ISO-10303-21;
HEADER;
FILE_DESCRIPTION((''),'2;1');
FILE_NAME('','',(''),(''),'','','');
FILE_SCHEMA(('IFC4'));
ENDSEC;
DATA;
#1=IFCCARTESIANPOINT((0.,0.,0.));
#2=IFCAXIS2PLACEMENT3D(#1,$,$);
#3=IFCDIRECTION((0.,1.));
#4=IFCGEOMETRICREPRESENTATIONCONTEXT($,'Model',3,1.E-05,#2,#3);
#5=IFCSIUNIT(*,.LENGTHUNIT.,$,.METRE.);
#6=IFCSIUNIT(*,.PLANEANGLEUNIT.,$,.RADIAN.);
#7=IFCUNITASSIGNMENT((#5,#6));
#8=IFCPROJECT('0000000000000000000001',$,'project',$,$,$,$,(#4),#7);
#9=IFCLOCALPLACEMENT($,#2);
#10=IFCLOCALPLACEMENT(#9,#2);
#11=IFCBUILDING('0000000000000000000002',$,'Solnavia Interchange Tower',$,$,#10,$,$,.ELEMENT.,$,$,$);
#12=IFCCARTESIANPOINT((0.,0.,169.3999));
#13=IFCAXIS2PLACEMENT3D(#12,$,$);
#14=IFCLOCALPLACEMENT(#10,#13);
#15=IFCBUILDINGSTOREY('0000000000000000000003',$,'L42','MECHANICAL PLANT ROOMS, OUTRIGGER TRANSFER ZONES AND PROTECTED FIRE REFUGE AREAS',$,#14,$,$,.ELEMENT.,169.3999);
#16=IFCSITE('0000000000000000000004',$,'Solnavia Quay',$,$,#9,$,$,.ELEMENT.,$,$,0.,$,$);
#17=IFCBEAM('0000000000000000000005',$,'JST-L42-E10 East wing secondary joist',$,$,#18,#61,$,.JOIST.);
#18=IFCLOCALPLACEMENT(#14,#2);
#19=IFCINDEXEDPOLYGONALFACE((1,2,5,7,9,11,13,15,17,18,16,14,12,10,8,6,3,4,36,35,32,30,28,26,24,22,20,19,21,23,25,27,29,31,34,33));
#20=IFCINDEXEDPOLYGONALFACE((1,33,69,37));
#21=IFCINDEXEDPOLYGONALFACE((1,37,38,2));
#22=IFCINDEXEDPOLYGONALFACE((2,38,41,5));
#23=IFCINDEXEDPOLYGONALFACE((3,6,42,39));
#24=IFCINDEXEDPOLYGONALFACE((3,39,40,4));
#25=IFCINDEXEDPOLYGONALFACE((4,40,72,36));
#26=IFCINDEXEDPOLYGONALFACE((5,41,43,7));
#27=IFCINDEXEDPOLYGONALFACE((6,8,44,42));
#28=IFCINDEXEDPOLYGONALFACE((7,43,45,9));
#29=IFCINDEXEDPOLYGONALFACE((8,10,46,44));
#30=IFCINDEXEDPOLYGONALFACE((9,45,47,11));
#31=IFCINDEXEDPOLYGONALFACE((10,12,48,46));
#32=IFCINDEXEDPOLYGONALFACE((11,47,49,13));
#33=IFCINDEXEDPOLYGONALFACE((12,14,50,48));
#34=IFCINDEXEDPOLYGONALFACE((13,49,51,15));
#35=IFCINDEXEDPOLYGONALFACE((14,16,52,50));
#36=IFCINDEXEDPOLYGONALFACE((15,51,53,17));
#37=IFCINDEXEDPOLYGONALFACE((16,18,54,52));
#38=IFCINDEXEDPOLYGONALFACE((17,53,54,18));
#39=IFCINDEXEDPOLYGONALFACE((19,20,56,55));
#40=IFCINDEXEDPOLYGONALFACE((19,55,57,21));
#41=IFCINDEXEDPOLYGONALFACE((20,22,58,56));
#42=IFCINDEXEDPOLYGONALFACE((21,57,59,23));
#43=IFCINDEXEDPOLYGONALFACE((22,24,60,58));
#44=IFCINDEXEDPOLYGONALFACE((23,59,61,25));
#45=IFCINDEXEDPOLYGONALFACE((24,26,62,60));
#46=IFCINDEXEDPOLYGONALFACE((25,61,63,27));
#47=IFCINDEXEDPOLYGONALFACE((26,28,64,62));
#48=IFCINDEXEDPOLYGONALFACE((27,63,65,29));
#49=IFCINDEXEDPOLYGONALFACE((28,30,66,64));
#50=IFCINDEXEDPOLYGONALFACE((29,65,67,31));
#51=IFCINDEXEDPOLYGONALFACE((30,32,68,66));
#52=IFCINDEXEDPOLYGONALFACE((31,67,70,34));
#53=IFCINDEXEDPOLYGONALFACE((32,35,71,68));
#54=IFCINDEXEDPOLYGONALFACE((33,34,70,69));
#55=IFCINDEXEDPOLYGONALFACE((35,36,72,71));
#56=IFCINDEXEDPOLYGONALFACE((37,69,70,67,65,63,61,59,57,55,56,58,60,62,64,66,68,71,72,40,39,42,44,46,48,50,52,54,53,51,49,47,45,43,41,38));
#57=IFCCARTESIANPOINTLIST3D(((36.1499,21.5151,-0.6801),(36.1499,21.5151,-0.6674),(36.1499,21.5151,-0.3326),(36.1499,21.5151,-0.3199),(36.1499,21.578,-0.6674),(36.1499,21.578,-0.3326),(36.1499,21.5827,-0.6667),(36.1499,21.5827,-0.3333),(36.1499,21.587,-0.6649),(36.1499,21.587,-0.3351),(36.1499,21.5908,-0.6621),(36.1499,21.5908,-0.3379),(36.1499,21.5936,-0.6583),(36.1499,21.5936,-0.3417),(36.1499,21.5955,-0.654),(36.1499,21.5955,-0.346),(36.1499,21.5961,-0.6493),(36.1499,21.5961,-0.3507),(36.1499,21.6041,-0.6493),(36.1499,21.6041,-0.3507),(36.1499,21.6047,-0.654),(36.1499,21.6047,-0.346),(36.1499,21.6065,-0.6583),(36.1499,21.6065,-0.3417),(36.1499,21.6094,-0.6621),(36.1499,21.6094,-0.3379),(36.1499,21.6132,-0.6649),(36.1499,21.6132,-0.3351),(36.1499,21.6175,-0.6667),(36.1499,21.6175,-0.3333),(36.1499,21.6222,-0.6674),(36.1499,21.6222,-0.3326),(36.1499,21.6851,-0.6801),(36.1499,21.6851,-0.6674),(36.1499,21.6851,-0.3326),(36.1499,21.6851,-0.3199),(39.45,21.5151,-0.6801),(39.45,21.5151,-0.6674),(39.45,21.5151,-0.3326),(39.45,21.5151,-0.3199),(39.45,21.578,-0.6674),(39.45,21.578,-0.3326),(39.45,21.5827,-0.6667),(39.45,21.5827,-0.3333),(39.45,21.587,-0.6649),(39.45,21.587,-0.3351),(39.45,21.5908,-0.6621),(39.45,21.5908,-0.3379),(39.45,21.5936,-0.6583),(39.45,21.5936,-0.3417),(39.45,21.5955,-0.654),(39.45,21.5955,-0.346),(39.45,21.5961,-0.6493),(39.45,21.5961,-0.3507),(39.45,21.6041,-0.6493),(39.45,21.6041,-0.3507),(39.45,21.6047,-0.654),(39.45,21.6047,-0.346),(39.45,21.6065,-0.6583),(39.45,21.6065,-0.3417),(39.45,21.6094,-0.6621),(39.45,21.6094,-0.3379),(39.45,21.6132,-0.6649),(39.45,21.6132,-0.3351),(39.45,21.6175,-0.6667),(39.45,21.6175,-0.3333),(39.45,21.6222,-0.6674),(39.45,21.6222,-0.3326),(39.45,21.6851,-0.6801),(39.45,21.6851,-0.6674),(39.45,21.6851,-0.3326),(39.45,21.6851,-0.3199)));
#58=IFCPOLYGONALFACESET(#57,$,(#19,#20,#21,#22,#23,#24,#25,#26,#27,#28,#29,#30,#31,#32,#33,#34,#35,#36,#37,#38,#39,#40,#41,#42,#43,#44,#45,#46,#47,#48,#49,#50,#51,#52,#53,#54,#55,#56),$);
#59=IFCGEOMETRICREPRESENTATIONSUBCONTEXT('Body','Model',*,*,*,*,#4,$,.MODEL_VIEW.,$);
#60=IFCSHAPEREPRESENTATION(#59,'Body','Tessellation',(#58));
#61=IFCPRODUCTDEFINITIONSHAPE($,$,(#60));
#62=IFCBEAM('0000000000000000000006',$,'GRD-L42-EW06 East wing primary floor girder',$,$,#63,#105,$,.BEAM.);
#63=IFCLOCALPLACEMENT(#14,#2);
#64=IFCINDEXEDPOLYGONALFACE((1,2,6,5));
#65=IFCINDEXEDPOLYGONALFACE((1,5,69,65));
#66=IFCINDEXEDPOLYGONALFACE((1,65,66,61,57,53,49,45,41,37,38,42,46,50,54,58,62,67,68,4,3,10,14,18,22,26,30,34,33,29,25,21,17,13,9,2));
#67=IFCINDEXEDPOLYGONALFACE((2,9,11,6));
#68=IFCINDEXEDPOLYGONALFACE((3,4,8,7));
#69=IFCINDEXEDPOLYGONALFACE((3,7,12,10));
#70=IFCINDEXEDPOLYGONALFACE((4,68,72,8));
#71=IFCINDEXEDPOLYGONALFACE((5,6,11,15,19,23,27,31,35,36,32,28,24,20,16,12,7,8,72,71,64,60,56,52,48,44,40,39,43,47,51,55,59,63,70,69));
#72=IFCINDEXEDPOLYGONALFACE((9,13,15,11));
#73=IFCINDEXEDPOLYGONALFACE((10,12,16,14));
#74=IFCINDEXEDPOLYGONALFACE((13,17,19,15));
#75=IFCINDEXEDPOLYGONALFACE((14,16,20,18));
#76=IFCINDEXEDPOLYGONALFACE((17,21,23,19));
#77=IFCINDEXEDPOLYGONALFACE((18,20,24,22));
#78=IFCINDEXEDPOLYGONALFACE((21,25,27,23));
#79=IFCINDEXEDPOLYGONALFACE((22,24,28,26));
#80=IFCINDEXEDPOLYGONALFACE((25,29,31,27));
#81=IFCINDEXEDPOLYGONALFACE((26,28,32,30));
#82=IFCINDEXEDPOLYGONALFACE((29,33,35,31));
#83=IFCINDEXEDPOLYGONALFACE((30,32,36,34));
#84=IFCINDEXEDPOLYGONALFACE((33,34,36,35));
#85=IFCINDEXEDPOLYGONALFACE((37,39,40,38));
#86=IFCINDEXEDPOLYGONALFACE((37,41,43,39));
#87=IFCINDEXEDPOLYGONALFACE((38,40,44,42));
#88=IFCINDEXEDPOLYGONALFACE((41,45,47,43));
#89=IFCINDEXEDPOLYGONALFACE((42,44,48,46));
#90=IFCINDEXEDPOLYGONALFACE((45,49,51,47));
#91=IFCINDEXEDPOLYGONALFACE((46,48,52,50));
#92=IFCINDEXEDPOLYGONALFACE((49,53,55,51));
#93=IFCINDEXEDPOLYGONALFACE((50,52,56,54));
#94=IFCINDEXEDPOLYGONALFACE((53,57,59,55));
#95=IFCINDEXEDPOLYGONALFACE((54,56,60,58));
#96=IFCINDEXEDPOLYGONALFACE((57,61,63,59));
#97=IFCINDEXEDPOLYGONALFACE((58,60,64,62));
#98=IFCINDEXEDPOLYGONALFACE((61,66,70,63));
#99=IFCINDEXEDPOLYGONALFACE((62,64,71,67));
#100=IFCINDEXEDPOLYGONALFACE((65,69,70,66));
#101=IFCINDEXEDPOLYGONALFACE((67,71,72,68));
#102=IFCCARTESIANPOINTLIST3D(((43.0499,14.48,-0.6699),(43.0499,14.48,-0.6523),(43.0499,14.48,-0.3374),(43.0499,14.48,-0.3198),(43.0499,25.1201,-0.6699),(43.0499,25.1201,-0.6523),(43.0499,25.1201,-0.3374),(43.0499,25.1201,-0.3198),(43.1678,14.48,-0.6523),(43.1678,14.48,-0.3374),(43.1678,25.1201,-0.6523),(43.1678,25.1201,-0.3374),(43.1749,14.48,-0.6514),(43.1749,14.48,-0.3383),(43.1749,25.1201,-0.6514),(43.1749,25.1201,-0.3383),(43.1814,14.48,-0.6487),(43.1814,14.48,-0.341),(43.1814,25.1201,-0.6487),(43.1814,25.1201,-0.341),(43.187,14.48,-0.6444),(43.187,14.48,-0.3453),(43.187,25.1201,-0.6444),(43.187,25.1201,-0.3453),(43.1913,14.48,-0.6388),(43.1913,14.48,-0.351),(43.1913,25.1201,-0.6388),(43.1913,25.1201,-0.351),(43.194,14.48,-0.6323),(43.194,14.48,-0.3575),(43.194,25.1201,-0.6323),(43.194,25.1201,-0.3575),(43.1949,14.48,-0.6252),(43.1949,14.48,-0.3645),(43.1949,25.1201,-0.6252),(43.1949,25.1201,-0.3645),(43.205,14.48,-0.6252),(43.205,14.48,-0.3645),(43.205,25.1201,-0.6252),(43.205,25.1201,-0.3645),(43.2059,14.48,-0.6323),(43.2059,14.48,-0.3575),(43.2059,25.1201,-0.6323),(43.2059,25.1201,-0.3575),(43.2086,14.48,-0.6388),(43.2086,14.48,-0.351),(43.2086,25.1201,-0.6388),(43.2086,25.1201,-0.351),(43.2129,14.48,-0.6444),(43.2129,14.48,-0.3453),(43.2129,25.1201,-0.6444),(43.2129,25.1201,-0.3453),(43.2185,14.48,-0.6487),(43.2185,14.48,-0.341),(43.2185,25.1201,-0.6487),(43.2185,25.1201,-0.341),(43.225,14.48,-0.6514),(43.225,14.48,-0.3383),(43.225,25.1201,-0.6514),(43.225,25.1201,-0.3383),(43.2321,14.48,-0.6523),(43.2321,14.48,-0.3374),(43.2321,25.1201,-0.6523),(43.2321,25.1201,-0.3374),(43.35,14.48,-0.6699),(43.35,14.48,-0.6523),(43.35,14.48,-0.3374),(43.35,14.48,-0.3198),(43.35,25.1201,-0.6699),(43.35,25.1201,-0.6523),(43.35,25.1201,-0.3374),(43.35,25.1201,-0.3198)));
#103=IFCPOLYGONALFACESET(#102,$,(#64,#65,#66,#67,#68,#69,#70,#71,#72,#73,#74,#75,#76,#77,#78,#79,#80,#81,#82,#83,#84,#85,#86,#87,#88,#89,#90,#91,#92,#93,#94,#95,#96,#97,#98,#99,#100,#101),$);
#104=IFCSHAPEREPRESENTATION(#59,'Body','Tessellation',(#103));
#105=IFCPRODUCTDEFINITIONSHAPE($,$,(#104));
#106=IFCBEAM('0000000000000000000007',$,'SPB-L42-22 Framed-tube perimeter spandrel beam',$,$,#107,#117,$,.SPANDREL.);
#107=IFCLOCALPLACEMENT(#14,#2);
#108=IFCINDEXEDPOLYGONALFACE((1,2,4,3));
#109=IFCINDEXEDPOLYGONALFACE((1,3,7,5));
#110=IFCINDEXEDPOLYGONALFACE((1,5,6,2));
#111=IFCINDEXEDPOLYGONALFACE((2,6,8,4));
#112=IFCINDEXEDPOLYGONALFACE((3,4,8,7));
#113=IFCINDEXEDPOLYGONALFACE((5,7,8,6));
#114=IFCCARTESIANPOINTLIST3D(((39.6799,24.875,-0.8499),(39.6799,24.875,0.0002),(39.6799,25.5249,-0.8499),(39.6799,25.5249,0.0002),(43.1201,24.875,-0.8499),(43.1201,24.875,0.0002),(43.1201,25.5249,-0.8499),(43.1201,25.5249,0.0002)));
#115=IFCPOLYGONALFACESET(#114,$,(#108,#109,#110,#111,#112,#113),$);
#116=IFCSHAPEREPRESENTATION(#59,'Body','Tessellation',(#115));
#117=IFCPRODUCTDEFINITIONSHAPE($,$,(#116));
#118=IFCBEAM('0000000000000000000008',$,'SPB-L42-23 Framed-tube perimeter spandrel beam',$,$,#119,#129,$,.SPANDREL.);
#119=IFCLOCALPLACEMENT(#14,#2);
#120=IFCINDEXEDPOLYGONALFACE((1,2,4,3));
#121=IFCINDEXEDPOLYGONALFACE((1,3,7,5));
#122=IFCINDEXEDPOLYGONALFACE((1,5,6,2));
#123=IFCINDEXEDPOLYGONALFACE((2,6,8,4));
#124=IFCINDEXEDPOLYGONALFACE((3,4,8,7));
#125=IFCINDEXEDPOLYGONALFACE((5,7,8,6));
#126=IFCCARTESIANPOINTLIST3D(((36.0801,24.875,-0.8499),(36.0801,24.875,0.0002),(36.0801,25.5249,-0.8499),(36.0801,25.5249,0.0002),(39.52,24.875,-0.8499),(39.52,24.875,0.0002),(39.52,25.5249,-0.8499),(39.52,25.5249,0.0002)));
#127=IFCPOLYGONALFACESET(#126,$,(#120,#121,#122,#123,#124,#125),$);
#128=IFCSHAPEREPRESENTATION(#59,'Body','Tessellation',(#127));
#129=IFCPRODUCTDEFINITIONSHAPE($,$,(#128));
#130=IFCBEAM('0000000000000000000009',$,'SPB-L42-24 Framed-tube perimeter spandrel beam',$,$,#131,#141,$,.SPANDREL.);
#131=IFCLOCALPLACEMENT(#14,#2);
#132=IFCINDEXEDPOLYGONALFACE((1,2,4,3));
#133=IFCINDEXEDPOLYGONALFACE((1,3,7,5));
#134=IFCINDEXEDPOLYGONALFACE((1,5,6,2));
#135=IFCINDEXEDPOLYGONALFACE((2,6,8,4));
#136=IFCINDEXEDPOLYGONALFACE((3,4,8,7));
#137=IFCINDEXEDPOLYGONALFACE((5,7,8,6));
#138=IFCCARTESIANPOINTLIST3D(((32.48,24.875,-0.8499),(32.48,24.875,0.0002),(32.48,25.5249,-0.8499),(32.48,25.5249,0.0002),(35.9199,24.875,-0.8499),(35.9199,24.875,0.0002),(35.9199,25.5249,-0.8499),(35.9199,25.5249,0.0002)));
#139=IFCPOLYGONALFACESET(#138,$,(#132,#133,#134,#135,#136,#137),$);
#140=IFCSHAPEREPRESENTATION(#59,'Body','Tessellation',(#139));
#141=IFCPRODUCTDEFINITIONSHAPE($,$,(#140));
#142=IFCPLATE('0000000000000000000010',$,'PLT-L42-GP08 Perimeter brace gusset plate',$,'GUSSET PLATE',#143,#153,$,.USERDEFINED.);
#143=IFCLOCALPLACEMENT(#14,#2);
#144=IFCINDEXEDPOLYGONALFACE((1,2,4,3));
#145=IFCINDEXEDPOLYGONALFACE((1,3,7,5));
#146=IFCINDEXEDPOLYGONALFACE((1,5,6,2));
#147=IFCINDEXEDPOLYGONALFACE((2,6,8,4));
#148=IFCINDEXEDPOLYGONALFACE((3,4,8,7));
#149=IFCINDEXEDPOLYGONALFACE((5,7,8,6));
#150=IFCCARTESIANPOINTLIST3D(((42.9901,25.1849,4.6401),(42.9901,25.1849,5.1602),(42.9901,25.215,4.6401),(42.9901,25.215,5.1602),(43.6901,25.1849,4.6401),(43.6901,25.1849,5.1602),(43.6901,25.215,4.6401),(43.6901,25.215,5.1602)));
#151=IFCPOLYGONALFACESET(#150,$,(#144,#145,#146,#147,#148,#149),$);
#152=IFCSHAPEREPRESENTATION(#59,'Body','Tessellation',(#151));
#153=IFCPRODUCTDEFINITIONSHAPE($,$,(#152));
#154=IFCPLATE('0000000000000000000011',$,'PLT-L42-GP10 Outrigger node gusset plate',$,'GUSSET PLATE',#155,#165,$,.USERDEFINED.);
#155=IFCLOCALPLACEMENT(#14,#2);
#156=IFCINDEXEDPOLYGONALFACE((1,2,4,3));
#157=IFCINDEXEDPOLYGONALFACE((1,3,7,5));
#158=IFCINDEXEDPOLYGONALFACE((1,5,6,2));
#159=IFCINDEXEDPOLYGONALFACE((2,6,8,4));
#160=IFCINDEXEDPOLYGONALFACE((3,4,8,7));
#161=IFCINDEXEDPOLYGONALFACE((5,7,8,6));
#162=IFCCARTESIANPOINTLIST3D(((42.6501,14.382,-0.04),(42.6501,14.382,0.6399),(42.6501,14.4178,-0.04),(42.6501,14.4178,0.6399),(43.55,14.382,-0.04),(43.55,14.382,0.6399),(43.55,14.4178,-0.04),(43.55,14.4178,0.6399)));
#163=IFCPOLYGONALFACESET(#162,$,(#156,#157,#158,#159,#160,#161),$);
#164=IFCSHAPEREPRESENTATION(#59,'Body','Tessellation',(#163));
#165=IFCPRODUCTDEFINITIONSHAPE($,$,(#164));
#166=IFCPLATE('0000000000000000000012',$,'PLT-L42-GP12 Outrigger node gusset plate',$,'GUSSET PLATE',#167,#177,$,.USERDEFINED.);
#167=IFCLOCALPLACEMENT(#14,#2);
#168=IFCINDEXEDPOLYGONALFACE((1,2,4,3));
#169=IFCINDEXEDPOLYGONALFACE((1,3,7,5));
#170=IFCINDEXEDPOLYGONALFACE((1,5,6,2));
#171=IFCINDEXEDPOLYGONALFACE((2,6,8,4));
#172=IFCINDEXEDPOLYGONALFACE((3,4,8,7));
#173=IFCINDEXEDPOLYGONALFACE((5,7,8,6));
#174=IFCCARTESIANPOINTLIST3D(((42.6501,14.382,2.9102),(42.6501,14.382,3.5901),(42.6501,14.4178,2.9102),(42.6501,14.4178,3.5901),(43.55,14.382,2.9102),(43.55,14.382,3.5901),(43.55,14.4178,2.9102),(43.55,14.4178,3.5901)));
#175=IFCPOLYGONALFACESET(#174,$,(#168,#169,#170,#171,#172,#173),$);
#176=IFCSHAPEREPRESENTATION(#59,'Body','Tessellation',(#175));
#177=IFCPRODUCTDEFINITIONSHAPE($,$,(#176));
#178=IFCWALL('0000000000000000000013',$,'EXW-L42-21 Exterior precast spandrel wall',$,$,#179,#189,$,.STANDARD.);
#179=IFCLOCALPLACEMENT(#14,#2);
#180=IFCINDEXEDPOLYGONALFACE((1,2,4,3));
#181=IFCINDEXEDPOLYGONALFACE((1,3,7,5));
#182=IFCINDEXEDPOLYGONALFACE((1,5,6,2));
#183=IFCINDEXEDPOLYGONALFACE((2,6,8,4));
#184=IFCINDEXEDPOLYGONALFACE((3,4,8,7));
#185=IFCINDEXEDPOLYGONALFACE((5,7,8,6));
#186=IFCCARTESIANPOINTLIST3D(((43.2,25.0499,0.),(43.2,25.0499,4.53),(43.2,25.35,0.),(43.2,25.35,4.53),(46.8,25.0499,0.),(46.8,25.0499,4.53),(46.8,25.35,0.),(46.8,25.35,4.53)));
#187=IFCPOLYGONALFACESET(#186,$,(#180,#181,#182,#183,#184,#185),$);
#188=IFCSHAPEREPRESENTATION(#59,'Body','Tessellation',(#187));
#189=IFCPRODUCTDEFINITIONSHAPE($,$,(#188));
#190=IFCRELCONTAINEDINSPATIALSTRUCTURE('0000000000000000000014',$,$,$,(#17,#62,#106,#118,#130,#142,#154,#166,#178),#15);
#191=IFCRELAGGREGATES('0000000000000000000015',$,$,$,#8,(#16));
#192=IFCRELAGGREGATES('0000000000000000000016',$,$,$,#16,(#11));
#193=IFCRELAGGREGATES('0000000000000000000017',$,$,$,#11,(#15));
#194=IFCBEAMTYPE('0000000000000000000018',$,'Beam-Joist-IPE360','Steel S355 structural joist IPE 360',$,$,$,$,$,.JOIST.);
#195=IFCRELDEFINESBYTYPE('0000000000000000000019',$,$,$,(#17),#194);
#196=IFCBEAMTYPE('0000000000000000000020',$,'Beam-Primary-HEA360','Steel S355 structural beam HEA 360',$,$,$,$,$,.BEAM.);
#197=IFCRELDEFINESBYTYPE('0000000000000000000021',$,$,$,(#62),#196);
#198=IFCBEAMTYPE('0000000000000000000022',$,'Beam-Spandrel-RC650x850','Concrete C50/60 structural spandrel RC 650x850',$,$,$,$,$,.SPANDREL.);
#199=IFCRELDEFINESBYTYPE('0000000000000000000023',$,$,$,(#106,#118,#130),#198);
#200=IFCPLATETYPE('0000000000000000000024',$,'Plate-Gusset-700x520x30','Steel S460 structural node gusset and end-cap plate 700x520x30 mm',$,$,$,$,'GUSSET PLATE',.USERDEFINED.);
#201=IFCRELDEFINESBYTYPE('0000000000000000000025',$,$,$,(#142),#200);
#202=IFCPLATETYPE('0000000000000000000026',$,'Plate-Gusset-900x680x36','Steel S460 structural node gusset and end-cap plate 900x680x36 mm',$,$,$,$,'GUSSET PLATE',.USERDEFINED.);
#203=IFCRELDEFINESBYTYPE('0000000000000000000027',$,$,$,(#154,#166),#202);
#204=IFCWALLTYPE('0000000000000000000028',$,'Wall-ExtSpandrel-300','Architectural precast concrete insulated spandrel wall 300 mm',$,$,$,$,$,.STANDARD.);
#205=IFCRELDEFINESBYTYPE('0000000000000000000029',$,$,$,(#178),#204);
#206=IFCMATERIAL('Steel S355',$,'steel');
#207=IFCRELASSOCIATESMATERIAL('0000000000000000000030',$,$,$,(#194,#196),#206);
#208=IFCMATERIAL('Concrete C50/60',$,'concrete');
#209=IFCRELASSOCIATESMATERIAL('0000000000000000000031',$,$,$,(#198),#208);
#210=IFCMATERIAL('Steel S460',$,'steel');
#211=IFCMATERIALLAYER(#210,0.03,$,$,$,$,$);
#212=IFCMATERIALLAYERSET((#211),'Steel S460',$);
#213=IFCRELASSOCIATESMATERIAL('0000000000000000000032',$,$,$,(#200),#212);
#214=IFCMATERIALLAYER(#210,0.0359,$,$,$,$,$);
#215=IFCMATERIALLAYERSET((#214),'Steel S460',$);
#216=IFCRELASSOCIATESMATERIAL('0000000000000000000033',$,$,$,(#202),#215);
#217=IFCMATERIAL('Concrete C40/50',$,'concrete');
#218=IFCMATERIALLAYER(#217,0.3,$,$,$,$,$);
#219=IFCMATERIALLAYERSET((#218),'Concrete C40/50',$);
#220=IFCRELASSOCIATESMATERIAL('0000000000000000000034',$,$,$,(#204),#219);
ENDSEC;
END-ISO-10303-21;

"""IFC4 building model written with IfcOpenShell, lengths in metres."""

from ifc_helpers import new_model, si_unit, direction, frame, frame_2d, origin, origin_2d, place, context, subcontext, project, spatial, rectangle, i_section, extrude, material, layer, layer_set, material_profile, profile_set, type_object, element, save


model = new_model("IFC4")

# Units and contexts
model_context = context("Model", 3, precision=1e-05, world=origin(), true_north=direction((0.0, 1.0)))
body_context = subcontext(model_context, "Body", "Model", "MODEL_VIEW")
ifc_project = project(units=[si_unit("LENGTHUNIT", "METRE"), si_unit("PLANEANGLEUNIT", "RADIAN")], contexts=[model_context])

# Site, building, storey
site_placement = place(None, origin())
site = spatial("IfcSite", under=ifc_project, at=site_placement, Name="Solnavia Quay", CompositionType="ELEMENT", RefElevation=0.0)
building_placement = place(site_placement, origin())
building = spatial("IfcBuilding", under=site, at=building_placement, Name="Solnavia Interchange Tower", CompositionType="ELEMENT")
storey_placement = place(building_placement, frame((0.0, 0.0, 169.3999)))
storey = spatial("IfcBuildingStorey", under=building, at=storey_placement, Name="L42", Description="MECHANICAL PLANT ROOMS, OUTRIGGER TRANSFER ZONES AND PROTECTED FIRE REFUGE AREAS", CompositionType="ELEMENT", Elevation=169.3999)

# Shared definitions
ifc_material_1 = material(Name="Concrete C50/60", Category="concrete")
ifc_material_2 = material(Name="Steel S355", Category="steel")

# Beams
ifc_material_3 = material(Name="Steel S460", Category="steel")
ifc_material_profile_1 = material_profile(ifc_material_2, i_section(OverallWidth=0.1699, OverallDepth=0.3601, WebThickness=0.0081, FlangeThickness=0.0127, FilletRadius=0.0181, at=origin_2d()), Name="IPE 360")
ifc_profile_set_1 = profile_set([ifc_material_profile_1], Name="Steel S355")
beam_type_1 = type_object("IfcBeamType", Name="Beam-Joist-IPE360", Description="Steel S355 structural joist IPE 360", PredefinedType="JOIST", material=ifc_profile_set_1)
for number, where, z_axis, x_axis, name in (
    (1, (36.1499, 21.6001, -0.5), (1.0, 0.0, 0.0), (0.0, 1.0, 0.0), "JST-L42-E10 East wing secondary joist"),
):
    element("IfcBeam", number, at=place(storey_placement, frame(where, z_axis=z_axis, x_axis=x_axis)), inside=storey, type_object=beam_type_1, Name=name, PredefinedType="JOIST", context=body_context, shape_type="SweptSolid", body=[
        extrude(i_section(OverallWidth=0.1699, OverallDepth=0.3601, WebThickness=0.0081, FlangeThickness=0.0127, FilletRadius=0.0181, at=origin_2d()), origin(), (0.0, 0.0, 1.0), 3.3),
    ])
ifc_material_profile_2 = material_profile(ifc_material_2, i_section(OverallWidth=0.3, OverallDepth=0.3501, WebThickness=0.01, FlangeThickness=0.0176, FilletRadius=0.0271, at=origin_2d()), Name="HEA 360")
ifc_profile_set_2 = profile_set([ifc_material_profile_2], Name="Steel S355")
beam_type_2 = type_object("IfcBeamType", Name="Beam-Primary-HEA360", Description="Steel S355 structural beam HEA 360", PredefinedType="BEAM", material=ifc_profile_set_2)
beam_1_placement = place(storey_placement, frame((43.2, 14.48, -0.4949), z_axis=(0.0, 1.0, 0.0), x_axis=(-1.0, 0.0, 0.0)))
element("IfcBeam", 2, at=beam_1_placement, inside=storey, type_object=beam_type_2, Name="GRD-L42-EW06 East wing primary floor girder", PredefinedType="BEAM", context=body_context, shape_type="SweptSolid", body=[
    extrude(i_section(OverallWidth=0.3, OverallDepth=0.3501, WebThickness=0.01, FlangeThickness=0.0176, FilletRadius=0.0271, at=origin_2d()), origin(), (0.0, 0.0, 1.0), 10.6401),
])
ifc_material_profile_3 = material_profile(ifc_material_1, rectangle(XDim=0.6499, YDim=0.8501, at=origin_2d()), Name="RC 650x850")
ifc_profile_set_3 = profile_set([ifc_material_profile_3], Name="Concrete C50/60")
beam_type_3 = type_object("IfcBeamType", Name="Beam-Spandrel-RC650x850", Description="Concrete C50/60 structural spandrel RC 650x850", PredefinedType="SPANDREL", material=ifc_profile_set_3)
beam_2_placement = place(storey_placement, frame((43.1201, 25.2, -0.4248), z_axis=(-1.0, 0.0, 0.0), x_axis=(0.0, -1.0, 0.0)))
element("IfcBeam", 3, at=beam_2_placement, inside=storey, type_object=beam_type_3, Name="SPB-L42-22 Framed-tube perimeter spandrel beam", PredefinedType="SPANDREL", context=body_context, shape_type="SweptSolid", body=[
    extrude(rectangle(XDim=0.6499, YDim=0.8501, at=origin_2d()), origin(), (0.0, 0.0, 1.0), 3.4402),
])
for number, where, z_axis, x_axis, name in (
    (4, (39.52, 25.2, -0.4248), (-1.0, 0.0, 0.0), (0.0, -1.0, 0.0), "SPB-L42-23 Framed-tube perimeter spandrel beam"),
    (5, (35.9199, 25.2, -0.4248), (-1.0, 0.0, 0.0), (0.0, -1.0, 0.0), "SPB-L42-24 Framed-tube perimeter spandrel beam"),
):
    element("IfcBeam", number, at=place(storey_placement, frame(where, z_axis=z_axis, x_axis=x_axis)), inside=storey, type_object=beam_type_3, Name=name, PredefinedType="SPANDREL", context=body_context, shape_type="SweptSolid", body=[
        extrude(rectangle(XDim=0.6499, YDim=0.8501, at=origin_2d()), origin(), (0.0, 0.0, 1.0), 3.4399),
    ])

# Plates
ifc_layer_1 = layer(ifc_material_3, 0.03)
ifc_layer_set_1 = layer_set([ifc_layer_1], Name="Steel S460")
plate_type_1 = type_object("IfcPlateType", Name="Plate-Gusset-700x520x30", Description="Steel S460 structural node gusset and end-cap plate 700x520x30 mm", ElementType="GUSSET PLATE", PredefinedType="USERDEFINED", material=ifc_layer_set_1)
plate_placement = place(storey_placement, frame((43.3401, 25.2, 4.6401), z_axis=(0.0, 0.0, 1.0), x_axis=(-1.0, 0.0, 0.0)))
element("IfcPlate", 6, at=plate_placement, inside=storey, type_object=plate_type_1, Name="PLT-L42-GP08 Perimeter brace gusset plate", ObjectType="GUSSET PLATE", PredefinedType="USERDEFINED", context=body_context, shape_type="SweptSolid", body=[
    extrude(rectangle(XDim=0.7, YDim=0.03, at=origin_2d()), origin(), (0.0, 0.0, 1.0), 0.52),
])
ifc_layer_2 = layer(ifc_material_3, 0.0359)
ifc_layer_set_2 = layer_set([ifc_layer_2], Name="Steel S460")
plate_type_2 = type_object("IfcPlateType", Name="Plate-Gusset-900x680x36", Description="Steel S460 structural node gusset and end-cap plate 900x680x36 mm", ElementType="GUSSET PLATE", PredefinedType="USERDEFINED", material=ifc_layer_set_2)
for number, where, z_axis, x_axis, name in (
    (7, (43.1001, 14.3999, -0.04), (0.0, 0.0, 1.0), (1.0, 0.0, 0.0), "PLT-L42-GP10 Outrigger node gusset plate"),
    (8, (43.1001, 14.3999, 2.9102), (0.0, 0.0, 1.0), (1.0, 0.0, 0.0), "PLT-L42-GP12 Outrigger node gusset plate"),
):
    element("IfcPlate", number, at=place(storey_placement, frame(where, z_axis=z_axis, x_axis=x_axis)), inside=storey, type_object=plate_type_2, Name=name, ObjectType="GUSSET PLATE", PredefinedType="USERDEFINED", context=body_context, shape_type="SweptSolid", body=[
        extrude(rectangle(XDim=0.8999, YDim=0.0359, at=origin_2d()), origin(), (0.0, 0.0, 1.0), 0.6799),
    ])

# Wall
ifc_material_4 = material(Name="Concrete C40/50", Category="concrete")
ifc_layer_3 = layer(ifc_material_4, 0.3)
ifc_layer_set_3 = layer_set([ifc_layer_3], Name="Concrete C40/50")
wall_type_1 = type_object("IfcWallType", Name="Wall-ExtSpandrel-300", Description="Architectural precast concrete insulated spandrel wall 300 mm", PredefinedType="STANDARD", material=ifc_layer_set_3)
wall_1_placement = place(storey_placement, frame((43.2, 25.2, 0.0), z_axis=(0.0, 0.0, 1.0), x_axis=(1.0, 0.0, 0.0)))
element("IfcWall", 9, at=wall_1_placement, inside=storey, type_object=wall_type_1, Name="EXW-L42-21 Exterior precast spandrel wall", PredefinedType="STANDARD", context=body_context, shape_type="SweptSolid", body=[
    extrude(rectangle(XDim=3.6001, YDim=0.3, at=frame_2d((1.8, 0.0))), origin(), (0.0, 0.0, 1.0), 4.53),
])

save(model, "model.ifc")
